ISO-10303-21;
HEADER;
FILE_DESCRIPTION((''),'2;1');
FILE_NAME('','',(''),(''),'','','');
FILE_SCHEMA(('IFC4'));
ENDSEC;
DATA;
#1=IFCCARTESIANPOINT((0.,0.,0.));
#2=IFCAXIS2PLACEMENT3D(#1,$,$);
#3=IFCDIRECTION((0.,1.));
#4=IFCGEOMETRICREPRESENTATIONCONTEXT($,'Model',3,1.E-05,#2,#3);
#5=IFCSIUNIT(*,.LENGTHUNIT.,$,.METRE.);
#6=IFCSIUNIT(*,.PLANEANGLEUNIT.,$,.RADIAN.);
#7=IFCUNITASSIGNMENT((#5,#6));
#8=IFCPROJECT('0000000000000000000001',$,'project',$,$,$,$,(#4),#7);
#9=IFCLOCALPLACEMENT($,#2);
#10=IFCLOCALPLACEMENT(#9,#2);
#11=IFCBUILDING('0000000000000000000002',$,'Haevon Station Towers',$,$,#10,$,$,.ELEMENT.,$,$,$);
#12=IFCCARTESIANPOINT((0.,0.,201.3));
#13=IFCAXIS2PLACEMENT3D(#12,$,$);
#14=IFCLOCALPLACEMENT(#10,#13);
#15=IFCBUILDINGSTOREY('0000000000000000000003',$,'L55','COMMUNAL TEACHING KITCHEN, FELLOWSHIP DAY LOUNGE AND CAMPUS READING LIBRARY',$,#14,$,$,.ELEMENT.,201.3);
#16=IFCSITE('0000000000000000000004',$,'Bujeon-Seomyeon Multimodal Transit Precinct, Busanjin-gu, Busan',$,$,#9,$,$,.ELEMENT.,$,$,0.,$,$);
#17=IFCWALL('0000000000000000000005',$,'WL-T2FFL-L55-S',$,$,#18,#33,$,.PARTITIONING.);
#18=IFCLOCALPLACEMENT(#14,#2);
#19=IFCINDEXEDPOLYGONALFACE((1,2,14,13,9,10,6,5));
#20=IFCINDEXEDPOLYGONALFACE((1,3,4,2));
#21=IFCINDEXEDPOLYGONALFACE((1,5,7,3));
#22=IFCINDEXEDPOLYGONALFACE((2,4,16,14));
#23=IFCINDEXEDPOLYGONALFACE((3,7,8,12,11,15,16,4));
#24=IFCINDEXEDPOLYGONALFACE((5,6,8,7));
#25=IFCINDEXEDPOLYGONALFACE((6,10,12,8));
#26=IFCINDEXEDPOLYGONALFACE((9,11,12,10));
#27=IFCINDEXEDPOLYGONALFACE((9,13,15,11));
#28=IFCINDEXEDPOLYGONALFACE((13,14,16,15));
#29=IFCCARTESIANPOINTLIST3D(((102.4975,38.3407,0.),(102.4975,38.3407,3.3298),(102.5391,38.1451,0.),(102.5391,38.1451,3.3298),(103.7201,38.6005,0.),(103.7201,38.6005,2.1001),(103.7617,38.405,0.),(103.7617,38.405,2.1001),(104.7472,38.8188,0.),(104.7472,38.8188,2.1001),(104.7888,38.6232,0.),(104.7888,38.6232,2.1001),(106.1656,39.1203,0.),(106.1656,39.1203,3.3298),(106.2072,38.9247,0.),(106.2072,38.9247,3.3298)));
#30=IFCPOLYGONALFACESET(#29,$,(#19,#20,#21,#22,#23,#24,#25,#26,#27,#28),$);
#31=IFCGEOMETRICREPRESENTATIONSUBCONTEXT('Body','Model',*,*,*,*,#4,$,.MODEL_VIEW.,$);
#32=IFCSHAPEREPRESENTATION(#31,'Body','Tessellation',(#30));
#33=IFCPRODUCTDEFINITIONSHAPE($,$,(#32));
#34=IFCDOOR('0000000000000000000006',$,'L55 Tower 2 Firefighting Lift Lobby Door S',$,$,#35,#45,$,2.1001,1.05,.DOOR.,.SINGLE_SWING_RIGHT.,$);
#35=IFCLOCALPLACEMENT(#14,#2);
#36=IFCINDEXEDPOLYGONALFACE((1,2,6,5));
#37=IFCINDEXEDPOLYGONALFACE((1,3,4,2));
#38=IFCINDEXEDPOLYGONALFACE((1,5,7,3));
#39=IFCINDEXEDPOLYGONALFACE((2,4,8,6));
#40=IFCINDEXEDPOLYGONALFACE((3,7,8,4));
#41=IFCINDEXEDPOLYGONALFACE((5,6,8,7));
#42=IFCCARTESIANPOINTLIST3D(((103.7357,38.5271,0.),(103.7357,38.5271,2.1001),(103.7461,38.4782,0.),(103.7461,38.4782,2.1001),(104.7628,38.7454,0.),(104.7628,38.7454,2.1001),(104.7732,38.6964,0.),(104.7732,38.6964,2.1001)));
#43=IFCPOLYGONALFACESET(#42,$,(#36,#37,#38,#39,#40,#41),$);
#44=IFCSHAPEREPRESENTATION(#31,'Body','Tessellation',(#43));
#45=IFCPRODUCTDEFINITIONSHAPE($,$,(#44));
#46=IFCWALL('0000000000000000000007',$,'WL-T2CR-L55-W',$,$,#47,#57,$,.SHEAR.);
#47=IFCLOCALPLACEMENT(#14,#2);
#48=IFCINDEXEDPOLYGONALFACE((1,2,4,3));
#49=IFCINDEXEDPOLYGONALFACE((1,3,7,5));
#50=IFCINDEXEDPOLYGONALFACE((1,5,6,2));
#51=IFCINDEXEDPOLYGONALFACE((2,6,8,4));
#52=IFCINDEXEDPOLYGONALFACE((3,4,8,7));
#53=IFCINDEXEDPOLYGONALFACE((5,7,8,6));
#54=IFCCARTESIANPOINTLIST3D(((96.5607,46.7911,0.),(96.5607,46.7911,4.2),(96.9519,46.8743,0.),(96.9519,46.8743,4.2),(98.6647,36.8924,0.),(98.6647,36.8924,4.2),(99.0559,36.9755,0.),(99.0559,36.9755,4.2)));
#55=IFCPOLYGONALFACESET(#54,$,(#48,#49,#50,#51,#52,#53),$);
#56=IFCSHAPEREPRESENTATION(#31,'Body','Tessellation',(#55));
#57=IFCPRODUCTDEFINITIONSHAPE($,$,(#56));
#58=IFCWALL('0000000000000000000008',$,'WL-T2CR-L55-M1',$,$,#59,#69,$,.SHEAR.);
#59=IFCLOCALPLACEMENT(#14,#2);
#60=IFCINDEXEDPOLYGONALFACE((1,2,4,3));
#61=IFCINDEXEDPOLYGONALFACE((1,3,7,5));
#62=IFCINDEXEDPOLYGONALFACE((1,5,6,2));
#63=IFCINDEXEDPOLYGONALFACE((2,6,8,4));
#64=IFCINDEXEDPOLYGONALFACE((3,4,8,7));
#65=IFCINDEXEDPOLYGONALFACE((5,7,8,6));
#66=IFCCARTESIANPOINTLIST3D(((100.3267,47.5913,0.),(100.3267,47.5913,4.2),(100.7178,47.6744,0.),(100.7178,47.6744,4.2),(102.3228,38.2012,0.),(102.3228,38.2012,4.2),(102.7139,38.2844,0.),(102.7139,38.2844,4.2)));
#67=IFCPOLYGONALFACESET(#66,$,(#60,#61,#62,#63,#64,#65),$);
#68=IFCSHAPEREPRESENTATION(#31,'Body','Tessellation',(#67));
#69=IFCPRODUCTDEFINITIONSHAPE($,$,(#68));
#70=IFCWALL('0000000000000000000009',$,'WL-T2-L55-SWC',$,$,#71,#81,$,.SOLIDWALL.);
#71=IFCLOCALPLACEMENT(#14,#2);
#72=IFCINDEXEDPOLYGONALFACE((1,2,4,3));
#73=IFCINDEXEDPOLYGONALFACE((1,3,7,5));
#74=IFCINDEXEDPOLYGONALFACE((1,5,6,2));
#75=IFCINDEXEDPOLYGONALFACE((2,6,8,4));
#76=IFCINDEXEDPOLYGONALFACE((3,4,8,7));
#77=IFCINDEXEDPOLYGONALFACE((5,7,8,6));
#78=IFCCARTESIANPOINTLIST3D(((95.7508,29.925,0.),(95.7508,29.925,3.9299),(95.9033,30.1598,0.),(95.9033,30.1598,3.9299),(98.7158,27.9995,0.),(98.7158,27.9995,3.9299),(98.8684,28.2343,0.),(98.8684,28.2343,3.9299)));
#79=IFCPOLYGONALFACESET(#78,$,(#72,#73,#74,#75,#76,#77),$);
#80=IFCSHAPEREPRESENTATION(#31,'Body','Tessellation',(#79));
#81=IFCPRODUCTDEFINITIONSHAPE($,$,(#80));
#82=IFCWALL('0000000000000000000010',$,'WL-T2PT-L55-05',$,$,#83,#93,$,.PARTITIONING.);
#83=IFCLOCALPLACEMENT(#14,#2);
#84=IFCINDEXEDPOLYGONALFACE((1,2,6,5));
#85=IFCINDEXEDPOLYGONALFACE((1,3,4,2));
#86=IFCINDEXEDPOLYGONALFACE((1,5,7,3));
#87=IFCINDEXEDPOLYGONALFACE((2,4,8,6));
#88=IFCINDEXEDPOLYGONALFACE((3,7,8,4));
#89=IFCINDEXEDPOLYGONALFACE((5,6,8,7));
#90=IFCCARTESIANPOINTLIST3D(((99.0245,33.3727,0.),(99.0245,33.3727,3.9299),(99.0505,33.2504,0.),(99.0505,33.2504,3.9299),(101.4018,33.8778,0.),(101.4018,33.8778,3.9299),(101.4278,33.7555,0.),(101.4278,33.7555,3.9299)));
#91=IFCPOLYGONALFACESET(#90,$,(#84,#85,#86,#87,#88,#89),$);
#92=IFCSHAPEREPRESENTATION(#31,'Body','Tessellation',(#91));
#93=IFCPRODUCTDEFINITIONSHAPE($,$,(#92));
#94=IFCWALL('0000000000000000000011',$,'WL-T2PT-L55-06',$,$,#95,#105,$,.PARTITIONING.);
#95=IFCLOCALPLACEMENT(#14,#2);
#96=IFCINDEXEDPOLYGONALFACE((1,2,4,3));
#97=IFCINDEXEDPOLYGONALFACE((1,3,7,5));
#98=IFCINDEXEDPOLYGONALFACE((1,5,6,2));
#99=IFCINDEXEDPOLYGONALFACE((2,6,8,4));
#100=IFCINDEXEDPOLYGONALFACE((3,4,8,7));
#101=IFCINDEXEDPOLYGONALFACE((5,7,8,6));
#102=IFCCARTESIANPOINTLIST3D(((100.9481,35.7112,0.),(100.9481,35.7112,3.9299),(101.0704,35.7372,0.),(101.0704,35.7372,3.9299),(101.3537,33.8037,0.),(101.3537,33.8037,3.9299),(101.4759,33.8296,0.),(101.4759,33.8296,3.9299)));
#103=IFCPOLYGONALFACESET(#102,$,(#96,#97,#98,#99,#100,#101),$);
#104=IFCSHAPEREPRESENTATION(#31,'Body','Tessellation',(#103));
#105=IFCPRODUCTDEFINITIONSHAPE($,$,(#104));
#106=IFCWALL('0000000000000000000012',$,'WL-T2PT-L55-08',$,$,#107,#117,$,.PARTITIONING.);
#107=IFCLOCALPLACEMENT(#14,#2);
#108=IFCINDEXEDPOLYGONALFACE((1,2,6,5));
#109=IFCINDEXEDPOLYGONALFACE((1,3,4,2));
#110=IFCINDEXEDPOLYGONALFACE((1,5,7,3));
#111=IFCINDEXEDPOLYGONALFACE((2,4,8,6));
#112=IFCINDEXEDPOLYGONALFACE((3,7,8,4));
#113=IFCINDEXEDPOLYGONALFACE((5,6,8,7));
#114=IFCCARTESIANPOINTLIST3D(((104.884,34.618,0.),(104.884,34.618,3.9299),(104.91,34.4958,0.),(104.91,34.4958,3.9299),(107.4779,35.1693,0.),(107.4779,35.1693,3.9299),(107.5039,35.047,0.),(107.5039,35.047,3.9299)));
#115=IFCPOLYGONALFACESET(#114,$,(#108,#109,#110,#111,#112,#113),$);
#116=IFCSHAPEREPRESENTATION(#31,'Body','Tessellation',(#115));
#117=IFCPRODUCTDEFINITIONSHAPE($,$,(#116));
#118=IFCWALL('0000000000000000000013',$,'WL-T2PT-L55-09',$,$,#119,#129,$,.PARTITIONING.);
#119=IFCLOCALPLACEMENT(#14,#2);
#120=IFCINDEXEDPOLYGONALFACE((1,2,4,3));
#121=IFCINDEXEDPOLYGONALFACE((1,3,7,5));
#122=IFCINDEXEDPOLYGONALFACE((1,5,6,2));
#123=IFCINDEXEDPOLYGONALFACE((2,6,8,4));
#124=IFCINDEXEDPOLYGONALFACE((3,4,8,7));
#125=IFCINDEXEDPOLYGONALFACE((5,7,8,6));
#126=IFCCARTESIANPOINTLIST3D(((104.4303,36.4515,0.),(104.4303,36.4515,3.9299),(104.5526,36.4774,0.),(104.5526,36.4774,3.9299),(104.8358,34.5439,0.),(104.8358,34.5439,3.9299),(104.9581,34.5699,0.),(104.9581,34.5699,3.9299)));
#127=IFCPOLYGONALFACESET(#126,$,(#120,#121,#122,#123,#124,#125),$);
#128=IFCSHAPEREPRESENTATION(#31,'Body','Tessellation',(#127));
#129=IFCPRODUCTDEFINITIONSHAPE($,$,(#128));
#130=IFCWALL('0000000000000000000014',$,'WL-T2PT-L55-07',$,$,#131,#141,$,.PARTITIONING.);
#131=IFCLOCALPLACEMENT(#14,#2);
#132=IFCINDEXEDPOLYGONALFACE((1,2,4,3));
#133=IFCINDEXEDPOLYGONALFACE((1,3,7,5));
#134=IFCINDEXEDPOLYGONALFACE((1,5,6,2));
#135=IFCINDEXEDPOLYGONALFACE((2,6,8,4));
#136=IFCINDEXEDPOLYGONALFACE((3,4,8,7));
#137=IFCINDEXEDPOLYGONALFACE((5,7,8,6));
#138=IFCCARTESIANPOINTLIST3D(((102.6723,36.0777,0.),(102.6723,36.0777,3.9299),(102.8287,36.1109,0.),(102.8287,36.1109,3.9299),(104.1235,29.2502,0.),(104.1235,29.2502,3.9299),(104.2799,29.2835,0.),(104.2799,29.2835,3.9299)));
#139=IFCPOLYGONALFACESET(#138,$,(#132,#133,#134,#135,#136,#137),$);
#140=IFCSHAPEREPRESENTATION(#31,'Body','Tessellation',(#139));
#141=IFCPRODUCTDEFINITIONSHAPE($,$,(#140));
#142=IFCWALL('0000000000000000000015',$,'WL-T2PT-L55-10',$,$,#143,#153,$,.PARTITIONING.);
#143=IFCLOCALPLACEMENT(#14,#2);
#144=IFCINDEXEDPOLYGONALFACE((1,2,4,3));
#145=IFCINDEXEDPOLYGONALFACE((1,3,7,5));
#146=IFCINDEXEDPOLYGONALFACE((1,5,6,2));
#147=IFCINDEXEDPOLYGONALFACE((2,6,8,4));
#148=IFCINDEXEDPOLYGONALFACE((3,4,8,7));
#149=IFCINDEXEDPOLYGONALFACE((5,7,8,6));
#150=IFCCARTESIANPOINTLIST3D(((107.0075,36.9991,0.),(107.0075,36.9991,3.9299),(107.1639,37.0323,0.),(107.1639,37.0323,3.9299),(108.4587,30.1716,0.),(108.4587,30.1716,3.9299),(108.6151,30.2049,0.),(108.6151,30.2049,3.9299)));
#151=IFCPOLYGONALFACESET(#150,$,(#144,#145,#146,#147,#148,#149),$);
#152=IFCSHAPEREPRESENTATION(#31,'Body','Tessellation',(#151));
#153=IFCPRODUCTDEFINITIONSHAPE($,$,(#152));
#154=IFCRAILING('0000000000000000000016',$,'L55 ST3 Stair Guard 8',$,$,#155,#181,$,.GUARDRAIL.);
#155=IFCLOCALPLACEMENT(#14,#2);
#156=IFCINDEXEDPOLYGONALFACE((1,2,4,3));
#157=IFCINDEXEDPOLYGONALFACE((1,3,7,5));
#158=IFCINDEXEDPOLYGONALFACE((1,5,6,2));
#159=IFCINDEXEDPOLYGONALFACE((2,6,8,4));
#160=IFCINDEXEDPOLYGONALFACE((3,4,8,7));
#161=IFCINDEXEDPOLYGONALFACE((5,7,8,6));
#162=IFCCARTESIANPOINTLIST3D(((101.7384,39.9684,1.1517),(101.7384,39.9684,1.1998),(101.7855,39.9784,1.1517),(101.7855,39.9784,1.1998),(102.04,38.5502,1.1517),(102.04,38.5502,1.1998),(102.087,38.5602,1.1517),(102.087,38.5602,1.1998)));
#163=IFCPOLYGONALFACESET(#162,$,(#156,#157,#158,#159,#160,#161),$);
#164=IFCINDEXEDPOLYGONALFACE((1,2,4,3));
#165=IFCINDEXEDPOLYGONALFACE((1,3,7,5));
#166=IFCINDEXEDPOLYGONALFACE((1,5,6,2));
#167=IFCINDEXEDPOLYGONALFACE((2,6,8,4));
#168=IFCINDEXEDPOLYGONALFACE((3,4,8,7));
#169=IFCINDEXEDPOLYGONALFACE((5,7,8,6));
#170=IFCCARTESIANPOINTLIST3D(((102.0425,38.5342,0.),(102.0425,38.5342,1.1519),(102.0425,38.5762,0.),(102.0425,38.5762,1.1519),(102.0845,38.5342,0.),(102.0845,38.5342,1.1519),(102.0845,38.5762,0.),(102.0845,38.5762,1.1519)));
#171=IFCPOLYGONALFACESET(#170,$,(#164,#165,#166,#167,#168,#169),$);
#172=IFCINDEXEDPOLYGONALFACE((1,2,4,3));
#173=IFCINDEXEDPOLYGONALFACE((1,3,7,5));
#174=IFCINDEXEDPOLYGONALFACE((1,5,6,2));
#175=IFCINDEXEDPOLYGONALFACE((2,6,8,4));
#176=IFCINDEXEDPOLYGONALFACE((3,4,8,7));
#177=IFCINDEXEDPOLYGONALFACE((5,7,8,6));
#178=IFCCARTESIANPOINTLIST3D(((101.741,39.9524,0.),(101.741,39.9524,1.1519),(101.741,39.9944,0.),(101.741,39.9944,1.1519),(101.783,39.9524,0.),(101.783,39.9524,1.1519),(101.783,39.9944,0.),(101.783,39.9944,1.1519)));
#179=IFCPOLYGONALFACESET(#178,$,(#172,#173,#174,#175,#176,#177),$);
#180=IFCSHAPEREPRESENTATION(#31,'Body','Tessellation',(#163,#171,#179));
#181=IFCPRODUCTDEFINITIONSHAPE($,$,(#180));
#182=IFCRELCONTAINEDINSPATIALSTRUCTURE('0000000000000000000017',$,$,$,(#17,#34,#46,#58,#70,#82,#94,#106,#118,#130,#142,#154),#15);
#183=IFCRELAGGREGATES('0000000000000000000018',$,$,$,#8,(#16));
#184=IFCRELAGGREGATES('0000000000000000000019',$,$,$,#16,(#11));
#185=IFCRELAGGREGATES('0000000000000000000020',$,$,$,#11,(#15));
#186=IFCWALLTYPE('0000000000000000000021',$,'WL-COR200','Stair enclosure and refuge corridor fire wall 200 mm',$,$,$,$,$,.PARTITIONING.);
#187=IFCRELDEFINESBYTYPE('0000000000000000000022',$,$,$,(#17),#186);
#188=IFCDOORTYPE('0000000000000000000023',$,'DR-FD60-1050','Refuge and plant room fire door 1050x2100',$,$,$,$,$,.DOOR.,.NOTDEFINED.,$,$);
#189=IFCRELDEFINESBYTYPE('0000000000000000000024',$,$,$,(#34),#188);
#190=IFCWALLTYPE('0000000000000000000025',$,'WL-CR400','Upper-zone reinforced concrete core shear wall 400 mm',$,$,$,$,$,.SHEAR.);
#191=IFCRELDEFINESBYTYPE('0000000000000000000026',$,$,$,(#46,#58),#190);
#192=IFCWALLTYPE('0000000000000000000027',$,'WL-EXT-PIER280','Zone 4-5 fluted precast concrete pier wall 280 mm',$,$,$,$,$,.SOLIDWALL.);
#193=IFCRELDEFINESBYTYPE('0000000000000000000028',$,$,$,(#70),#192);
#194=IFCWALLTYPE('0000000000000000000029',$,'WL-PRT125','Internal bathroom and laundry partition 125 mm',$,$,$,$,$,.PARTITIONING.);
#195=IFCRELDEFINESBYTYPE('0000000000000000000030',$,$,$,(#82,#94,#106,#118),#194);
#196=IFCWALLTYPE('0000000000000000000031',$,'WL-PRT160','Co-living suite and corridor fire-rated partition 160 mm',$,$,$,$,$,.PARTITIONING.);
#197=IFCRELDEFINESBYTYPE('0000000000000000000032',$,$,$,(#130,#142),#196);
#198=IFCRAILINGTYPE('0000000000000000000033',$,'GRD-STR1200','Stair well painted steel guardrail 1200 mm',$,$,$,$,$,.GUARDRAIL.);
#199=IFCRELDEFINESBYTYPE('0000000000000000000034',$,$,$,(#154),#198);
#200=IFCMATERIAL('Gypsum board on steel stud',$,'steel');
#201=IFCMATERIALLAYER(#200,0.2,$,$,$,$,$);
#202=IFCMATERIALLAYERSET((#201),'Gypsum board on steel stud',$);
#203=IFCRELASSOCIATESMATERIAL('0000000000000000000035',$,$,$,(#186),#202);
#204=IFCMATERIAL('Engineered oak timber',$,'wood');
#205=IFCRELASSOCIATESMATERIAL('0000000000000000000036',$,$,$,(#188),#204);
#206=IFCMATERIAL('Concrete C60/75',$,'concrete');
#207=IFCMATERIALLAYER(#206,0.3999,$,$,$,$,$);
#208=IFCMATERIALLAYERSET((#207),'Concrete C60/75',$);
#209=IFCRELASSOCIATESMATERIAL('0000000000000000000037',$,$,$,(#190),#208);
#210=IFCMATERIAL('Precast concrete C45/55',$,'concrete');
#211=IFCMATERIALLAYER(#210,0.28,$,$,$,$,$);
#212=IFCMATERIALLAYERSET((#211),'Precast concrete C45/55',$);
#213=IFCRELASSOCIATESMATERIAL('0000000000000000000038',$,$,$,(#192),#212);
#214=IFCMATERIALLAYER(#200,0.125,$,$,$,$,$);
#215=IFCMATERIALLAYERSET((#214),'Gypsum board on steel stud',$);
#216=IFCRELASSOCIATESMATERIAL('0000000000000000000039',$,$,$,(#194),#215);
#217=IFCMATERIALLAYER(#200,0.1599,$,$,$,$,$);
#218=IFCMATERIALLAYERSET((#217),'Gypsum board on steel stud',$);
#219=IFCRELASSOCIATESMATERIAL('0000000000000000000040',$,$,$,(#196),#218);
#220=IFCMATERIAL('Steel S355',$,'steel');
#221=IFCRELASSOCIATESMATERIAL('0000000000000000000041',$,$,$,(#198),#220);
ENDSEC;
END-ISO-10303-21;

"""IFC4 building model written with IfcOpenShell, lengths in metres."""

from ifc_helpers import new_model, si_unit, direction, frame, frame_2d, origin, origin_2d, place, context, subcontext, project, spatial, rectangle, extrude, material, layer, layer_set, type_object, element, fill, save


model = new_model("IFC4")

# Units and contexts
model_context = context("Model", 3, precision=1e-05, world=origin(), true_north=direction((0.0, 1.0)))
body_context = subcontext(model_context, "Body", "Model", "MODEL_VIEW")
ifc_project = project(units=[si_unit("LENGTHUNIT", "METRE"), si_unit("PLANEANGLEUNIT", "RADIAN")], contexts=[model_context])

# Site, building, storey
site_placement = place(None, origin())
site = spatial("IfcSite", under=ifc_project, at=site_placement, Name="Bujeon-Seomyeon Multimodal Transit Precinct, Busanjin-gu, Busan", CompositionType="ELEMENT", RefElevation=0.0)
building_placement = place(site_placement, origin())
building = spatial("IfcBuilding", under=site, at=building_placement, Name="Haevon Station Towers", CompositionType="ELEMENT")
storey_placement = place(building_placement, frame((0.0, 0.0, 201.3)))
storey = spatial("IfcBuildingStorey", under=building, at=storey_placement, Name="L55", Description="COMMUNAL TEACHING KITCHEN, FELLOWSHIP DAY LOUNGE AND CAMPUS READING LIBRARY", CompositionType="ELEMENT", Elevation=201.3)

# Shared definitions
ifc_material_1 = material(Name="Steel S355", Category="steel")

# Wall, opening, door
ifc_material_2 = material(Name="Gypsum board on steel stud", Category="steel")
ifc_material_3 = material(Name="Engineered oak timber", Category="wood")
ifc_layer_1 = layer(ifc_material_2, 0.2)
ifc_layer_set_1 = layer_set([ifc_layer_1], Name="Gypsum board on steel stud")
wall_type_1 = type_object("IfcWallType", Name="WL-COR200", Description="Stair enclosure and refuge corridor fire wall 200 mm", PredefinedType="PARTITIONING", material=ifc_layer_set_1)
door_type_1 = type_object("IfcDoorType", Name="DR-FD60-1050", Description="Refuge and plant room fire door 1050x2100", OperationType="NOTDEFINED", PredefinedType="DOOR", material=ifc_material_3)
wall_1_placement = place(storey_placement, frame((102.5183, 38.2429, 0.0), z_axis=(0.0, 0.0, 1.0), x_axis=(0.978154, 0.207884, 0.0)))
wall_1 = element("IfcWall", 1, at=wall_1_placement, inside=storey, type_object=wall_type_1, Name="WL-T2FFL-L55-S", PredefinedType="PARTITIONING", context=body_context, shape_type="SweptSolid", body=[
    extrude(rectangle(XDim=3.75, YDim=0.2, at=frame_2d((1.875, 0.0))), origin(), (0.0, 0.0, 1.0), 3.3298),
])
opening_1_placement = place(wall_1_placement, frame((1.25, 0.0, 0.0)))
opening_1 = element("IfcOpeningElement", 2, at=opening_1_placement, cuts=wall_1, PredefinedType="OPENING", context=body_context, shape_type="SweptSolid", body=[
    extrude(rectangle(XDim=1.05, YDim=2.1001, at=frame_2d((0.5249, 1.05))), frame((0.0, 0.1099, 0.0), z_axis=(0.0, -1.0, 0.0), x_axis=(1.0, 0.0, 0.0)), (0.0, 0.0, 1.0), 0.22),
])
door_1_placement = place(opening_1_placement, origin())
door_1 = element("IfcDoor", 3, at=door_1_placement, inside=storey, type_object=door_type_1, Name="L55 Tower 2 Firefighting Lift Lobby Door S", OperationType="SINGLE_SWING_RIGHT", OverallHeight=2.1001, OverallWidth=1.05, PredefinedType="DOOR", context=body_context, shape_type="SweptSolid", body=[
    extrude(rectangle(XDim=1.05, YDim=2.1001, at=frame_2d((0.5249, 1.05))), frame((0.0, 0.0249, 0.0), z_axis=(0.0, -1.0, 0.0), x_axis=(1.0, 0.0, 0.0)), (0.0, 0.0, 1.0), 0.05),
])
fill(opening_1, door_1)

# Walls
ifc_material_4 = material(Name="Concrete C60/75", Category="concrete")
ifc_layer_2 = layer(ifc_material_4, 0.3999)
ifc_layer_set_2 = layer_set([ifc_layer_2], Name="Concrete C60/75")
wall_type_2 = type_object("IfcWallType", Name="WL-CR400", Description="Upper-zone reinforced concrete core shear wall 400 mm", PredefinedType="SHEAR", material=ifc_layer_set_2)
wall_2_placement = place(storey_placement, frame((98.8604, 36.9338, 0.0), z_axis=(0.0, 0.0, 1.0), x_axis=(-0.207909, 0.978148, 0.0)))
element("IfcWall", 4, at=wall_2_placement, inside=storey, type_object=wall_type_2, Name="WL-T2CR-L55-W", PredefinedType="SHEAR", context=body_context, shape_type="SweptSolid", body=[
    extrude(rectangle(XDim=10.1199, YDim=0.3999, at=frame_2d((5.0601, 0.0))), origin(), (0.0, 0.0, 1.0), 4.2),
])
wall_3_placement = place(storey_placement, frame((102.5183, 38.2429, 0.0), z_axis=(0.0, 0.0, 1.0), x_axis=(-0.207927, 0.978144, 0.0)))
element("IfcWall", 5, at=wall_3_placement, inside=storey, type_object=wall_type_2, Name="WL-T2CR-L55-M1", PredefinedType="SHEAR", context=body_context, shape_type="SweptSolid", body=[
    extrude(rectangle(XDim=9.5999, YDim=0.3999, at=frame_2d((4.7998, 0.0))), origin(), (0.0, 0.0, 1.0), 4.2),
])
ifc_material_5 = material(Name="Precast concrete C45/55", Category="concrete")
ifc_layer_3 = layer(ifc_material_5, 0.28)
ifc_layer_set_3 = layer_set([ifc_layer_3], Name="Precast concrete C45/55")
wall_type_3 = type_object("IfcWallType", Name="WL-EXT-PIER280", Description="Zone 4-5 fluted precast concrete pier wall 280 mm", PredefinedType="SOLIDWALL", material=ifc_layer_set_3)
wall_4_placement = place(storey_placement, frame((98.792, 28.1169, 0.0), z_axis=(0.0, 0.0, 1.0), x_axis=(-0.838672, 0.544636, 0.0)))
element("IfcWall", 6, at=wall_4_placement, inside=storey, type_object=wall_type_3, Name="WL-T2-L55-SWC", PredefinedType="SOLIDWALL", context=body_context, shape_type="SweptSolid", body=[
    extrude(rectangle(XDim=3.5354, YDim=0.28, at=frame_2d((1.7676, 0.0))), origin(), (0.0, 0.0, 1.0), 3.9299),
])
ifc_layer_4 = layer(ifc_material_2, 0.125)
ifc_layer_set_4 = layer_set([ifc_layer_4], Name="Gypsum board on steel stud")
wall_type_4 = type_object("IfcWallType", Name="WL-PRT125", Description="Internal bathroom and laundry partition 125 mm", PredefinedType="PARTITIONING", material=ifc_layer_set_4)
wall_5_placement = place(storey_placement, frame((99.0374, 33.3115, 0.0), z_axis=(0.0, 0.0, 1.0), x_axis=(0.978165, 0.207828, 0.0)))
element("IfcWall", 7, at=wall_5_placement, inside=storey, type_object=wall_type_4, Name="WL-T2PT-L55-05", PredefinedType="PARTITIONING", context=body_context, shape_type="SweptSolid", body=[
    extrude(rectangle(XDim=2.4304, YDim=0.125, at=frame_2d((1.2153, 0.0))), origin(), (0.0, 0.0, 1.0), 3.9299),
])
wall_6_placement = place(storey_placement, frame((101.4148, 33.8167, 0.0), z_axis=(0.0, 0.0, 1.0), x_axis=(-0.207947, 0.97814, 0.0)))
element("IfcWall", 8, at=wall_6_placement, inside=storey, type_object=wall_type_4, Name="WL-T2PT-L55-06", PredefinedType="PARTITIONING", context=body_context, shape_type="SweptSolid", body=[
    extrude(rectangle(XDim=1.9502, YDim=0.125, at=frame_2d((0.9751, 0.0))), origin(), (0.0, 0.0, 1.0), 3.9299),
])
wall_7_placement = place(storey_placement, frame((104.897, 34.5569, 0.0), z_axis=(0.0, 0.0, 1.0), x_axis=(0.978155, 0.207875, 0.0)))
element("IfcWall", 9, at=wall_7_placement, inside=storey, type_object=wall_type_4, Name="WL-T2PT-L55-08", PredefinedType="PARTITIONING", context=body_context, shape_type="SweptSolid", body=[
    extrude(rectangle(XDim=2.6519, YDim=0.125, at=frame_2d((1.3259, 0.0))), origin(), (0.0, 0.0, 1.0), 3.9299),
])
wall_8_placement = place(storey_placement, frame((104.897, 34.5569, 0.0), z_axis=(0.0, 0.0, 1.0), x_axis=(-0.207947, 0.97814, 0.0)))
element("IfcWall", 10, at=wall_8_placement, inside=storey, type_object=wall_type_4, Name="WL-T2PT-L55-09", PredefinedType="PARTITIONING", context=body_context, shape_type="SweptSolid", body=[
    extrude(rectangle(XDim=1.9502, YDim=0.125, at=frame_2d((0.9751, 0.0))), origin(), (0.0, 0.0, 1.0), 3.9299),
])
ifc_layer_5 = layer(ifc_material_2, 0.1599)
ifc_layer_set_5 = layer_set([ifc_layer_5], Name="Gypsum board on steel stud")
wall_type_5 = type_object("IfcWallType", Name="WL-PRT160", Description="Co-living suite and corridor fire-rated partition 160 mm", PredefinedType="PARTITIONING", material=ifc_layer_set_5)
for number, where, z_axis, x_axis, name in (
    (11, (104.2017, 29.2668, 0.0), (0.0, 0.0, 1.0), (-0.207907, 0.978149, 0.0), "WL-T2PT-L55-07"),
    (12, (108.5369, 30.1882, 0.0), (0.0, 0.0, 1.0), (-0.207907, 0.978149, 0.0), "WL-T2PT-L55-10"),
):
    element("IfcWall", number, at=place(storey_placement, frame(where, z_axis=z_axis, x_axis=x_axis)), inside=storey, type_object=wall_type_5, Name=name, PredefinedType="PARTITIONING", context=body_context, shape_type="SweptSolid", body=[
        extrude(rectangle(XDim=6.98, YDim=0.1599, at=frame_2d((3.49, 0.0))), origin(), (0.0, 0.0, 1.0), 3.9299),
    ])

# Railing
railing_type = type_object("IfcRailingType", Name="GRD-STR1200", Description="Stair well painted steel guardrail 1200 mm", PredefinedType="GUARDRAIL", material=ifc_material_1)
for number, where, name in (
    (13, (102.0635, 38.5552, 0.0), "L55 ST3 Stair Guard 8"),
):
    element("IfcRailing", number, at=place(storey_placement, frame(where)), inside=storey, type_object=railing_type, Name=name, PredefinedType="GUARDRAIL", context=body_context, shape_type="SweptSolid", body=[
        extrude(rectangle(XDim=0.0481, YDim=0.0481, at=origin_2d()), frame((0.0, 0.0, 1.1758), z_axis=(-0.207953, 0.978139, 0.0), x_axis=(-0.978139, -0.207953, 0.0)), (0.0, 0.0, 1.0), 1.45),
        extrude(rectangle(XDim=0.042, YDim=0.042, at=origin_2d()), origin(), (0.0, 0.0, 1.0), 1.1519),
        extrude(rectangle(XDim=0.042, YDim=0.042, at=origin_2d()), frame((-0.3015, 1.4182, 0.0)), (0.0, 0.0, 1.0), 1.1519),
    ])

save(model, "model.ifc")
